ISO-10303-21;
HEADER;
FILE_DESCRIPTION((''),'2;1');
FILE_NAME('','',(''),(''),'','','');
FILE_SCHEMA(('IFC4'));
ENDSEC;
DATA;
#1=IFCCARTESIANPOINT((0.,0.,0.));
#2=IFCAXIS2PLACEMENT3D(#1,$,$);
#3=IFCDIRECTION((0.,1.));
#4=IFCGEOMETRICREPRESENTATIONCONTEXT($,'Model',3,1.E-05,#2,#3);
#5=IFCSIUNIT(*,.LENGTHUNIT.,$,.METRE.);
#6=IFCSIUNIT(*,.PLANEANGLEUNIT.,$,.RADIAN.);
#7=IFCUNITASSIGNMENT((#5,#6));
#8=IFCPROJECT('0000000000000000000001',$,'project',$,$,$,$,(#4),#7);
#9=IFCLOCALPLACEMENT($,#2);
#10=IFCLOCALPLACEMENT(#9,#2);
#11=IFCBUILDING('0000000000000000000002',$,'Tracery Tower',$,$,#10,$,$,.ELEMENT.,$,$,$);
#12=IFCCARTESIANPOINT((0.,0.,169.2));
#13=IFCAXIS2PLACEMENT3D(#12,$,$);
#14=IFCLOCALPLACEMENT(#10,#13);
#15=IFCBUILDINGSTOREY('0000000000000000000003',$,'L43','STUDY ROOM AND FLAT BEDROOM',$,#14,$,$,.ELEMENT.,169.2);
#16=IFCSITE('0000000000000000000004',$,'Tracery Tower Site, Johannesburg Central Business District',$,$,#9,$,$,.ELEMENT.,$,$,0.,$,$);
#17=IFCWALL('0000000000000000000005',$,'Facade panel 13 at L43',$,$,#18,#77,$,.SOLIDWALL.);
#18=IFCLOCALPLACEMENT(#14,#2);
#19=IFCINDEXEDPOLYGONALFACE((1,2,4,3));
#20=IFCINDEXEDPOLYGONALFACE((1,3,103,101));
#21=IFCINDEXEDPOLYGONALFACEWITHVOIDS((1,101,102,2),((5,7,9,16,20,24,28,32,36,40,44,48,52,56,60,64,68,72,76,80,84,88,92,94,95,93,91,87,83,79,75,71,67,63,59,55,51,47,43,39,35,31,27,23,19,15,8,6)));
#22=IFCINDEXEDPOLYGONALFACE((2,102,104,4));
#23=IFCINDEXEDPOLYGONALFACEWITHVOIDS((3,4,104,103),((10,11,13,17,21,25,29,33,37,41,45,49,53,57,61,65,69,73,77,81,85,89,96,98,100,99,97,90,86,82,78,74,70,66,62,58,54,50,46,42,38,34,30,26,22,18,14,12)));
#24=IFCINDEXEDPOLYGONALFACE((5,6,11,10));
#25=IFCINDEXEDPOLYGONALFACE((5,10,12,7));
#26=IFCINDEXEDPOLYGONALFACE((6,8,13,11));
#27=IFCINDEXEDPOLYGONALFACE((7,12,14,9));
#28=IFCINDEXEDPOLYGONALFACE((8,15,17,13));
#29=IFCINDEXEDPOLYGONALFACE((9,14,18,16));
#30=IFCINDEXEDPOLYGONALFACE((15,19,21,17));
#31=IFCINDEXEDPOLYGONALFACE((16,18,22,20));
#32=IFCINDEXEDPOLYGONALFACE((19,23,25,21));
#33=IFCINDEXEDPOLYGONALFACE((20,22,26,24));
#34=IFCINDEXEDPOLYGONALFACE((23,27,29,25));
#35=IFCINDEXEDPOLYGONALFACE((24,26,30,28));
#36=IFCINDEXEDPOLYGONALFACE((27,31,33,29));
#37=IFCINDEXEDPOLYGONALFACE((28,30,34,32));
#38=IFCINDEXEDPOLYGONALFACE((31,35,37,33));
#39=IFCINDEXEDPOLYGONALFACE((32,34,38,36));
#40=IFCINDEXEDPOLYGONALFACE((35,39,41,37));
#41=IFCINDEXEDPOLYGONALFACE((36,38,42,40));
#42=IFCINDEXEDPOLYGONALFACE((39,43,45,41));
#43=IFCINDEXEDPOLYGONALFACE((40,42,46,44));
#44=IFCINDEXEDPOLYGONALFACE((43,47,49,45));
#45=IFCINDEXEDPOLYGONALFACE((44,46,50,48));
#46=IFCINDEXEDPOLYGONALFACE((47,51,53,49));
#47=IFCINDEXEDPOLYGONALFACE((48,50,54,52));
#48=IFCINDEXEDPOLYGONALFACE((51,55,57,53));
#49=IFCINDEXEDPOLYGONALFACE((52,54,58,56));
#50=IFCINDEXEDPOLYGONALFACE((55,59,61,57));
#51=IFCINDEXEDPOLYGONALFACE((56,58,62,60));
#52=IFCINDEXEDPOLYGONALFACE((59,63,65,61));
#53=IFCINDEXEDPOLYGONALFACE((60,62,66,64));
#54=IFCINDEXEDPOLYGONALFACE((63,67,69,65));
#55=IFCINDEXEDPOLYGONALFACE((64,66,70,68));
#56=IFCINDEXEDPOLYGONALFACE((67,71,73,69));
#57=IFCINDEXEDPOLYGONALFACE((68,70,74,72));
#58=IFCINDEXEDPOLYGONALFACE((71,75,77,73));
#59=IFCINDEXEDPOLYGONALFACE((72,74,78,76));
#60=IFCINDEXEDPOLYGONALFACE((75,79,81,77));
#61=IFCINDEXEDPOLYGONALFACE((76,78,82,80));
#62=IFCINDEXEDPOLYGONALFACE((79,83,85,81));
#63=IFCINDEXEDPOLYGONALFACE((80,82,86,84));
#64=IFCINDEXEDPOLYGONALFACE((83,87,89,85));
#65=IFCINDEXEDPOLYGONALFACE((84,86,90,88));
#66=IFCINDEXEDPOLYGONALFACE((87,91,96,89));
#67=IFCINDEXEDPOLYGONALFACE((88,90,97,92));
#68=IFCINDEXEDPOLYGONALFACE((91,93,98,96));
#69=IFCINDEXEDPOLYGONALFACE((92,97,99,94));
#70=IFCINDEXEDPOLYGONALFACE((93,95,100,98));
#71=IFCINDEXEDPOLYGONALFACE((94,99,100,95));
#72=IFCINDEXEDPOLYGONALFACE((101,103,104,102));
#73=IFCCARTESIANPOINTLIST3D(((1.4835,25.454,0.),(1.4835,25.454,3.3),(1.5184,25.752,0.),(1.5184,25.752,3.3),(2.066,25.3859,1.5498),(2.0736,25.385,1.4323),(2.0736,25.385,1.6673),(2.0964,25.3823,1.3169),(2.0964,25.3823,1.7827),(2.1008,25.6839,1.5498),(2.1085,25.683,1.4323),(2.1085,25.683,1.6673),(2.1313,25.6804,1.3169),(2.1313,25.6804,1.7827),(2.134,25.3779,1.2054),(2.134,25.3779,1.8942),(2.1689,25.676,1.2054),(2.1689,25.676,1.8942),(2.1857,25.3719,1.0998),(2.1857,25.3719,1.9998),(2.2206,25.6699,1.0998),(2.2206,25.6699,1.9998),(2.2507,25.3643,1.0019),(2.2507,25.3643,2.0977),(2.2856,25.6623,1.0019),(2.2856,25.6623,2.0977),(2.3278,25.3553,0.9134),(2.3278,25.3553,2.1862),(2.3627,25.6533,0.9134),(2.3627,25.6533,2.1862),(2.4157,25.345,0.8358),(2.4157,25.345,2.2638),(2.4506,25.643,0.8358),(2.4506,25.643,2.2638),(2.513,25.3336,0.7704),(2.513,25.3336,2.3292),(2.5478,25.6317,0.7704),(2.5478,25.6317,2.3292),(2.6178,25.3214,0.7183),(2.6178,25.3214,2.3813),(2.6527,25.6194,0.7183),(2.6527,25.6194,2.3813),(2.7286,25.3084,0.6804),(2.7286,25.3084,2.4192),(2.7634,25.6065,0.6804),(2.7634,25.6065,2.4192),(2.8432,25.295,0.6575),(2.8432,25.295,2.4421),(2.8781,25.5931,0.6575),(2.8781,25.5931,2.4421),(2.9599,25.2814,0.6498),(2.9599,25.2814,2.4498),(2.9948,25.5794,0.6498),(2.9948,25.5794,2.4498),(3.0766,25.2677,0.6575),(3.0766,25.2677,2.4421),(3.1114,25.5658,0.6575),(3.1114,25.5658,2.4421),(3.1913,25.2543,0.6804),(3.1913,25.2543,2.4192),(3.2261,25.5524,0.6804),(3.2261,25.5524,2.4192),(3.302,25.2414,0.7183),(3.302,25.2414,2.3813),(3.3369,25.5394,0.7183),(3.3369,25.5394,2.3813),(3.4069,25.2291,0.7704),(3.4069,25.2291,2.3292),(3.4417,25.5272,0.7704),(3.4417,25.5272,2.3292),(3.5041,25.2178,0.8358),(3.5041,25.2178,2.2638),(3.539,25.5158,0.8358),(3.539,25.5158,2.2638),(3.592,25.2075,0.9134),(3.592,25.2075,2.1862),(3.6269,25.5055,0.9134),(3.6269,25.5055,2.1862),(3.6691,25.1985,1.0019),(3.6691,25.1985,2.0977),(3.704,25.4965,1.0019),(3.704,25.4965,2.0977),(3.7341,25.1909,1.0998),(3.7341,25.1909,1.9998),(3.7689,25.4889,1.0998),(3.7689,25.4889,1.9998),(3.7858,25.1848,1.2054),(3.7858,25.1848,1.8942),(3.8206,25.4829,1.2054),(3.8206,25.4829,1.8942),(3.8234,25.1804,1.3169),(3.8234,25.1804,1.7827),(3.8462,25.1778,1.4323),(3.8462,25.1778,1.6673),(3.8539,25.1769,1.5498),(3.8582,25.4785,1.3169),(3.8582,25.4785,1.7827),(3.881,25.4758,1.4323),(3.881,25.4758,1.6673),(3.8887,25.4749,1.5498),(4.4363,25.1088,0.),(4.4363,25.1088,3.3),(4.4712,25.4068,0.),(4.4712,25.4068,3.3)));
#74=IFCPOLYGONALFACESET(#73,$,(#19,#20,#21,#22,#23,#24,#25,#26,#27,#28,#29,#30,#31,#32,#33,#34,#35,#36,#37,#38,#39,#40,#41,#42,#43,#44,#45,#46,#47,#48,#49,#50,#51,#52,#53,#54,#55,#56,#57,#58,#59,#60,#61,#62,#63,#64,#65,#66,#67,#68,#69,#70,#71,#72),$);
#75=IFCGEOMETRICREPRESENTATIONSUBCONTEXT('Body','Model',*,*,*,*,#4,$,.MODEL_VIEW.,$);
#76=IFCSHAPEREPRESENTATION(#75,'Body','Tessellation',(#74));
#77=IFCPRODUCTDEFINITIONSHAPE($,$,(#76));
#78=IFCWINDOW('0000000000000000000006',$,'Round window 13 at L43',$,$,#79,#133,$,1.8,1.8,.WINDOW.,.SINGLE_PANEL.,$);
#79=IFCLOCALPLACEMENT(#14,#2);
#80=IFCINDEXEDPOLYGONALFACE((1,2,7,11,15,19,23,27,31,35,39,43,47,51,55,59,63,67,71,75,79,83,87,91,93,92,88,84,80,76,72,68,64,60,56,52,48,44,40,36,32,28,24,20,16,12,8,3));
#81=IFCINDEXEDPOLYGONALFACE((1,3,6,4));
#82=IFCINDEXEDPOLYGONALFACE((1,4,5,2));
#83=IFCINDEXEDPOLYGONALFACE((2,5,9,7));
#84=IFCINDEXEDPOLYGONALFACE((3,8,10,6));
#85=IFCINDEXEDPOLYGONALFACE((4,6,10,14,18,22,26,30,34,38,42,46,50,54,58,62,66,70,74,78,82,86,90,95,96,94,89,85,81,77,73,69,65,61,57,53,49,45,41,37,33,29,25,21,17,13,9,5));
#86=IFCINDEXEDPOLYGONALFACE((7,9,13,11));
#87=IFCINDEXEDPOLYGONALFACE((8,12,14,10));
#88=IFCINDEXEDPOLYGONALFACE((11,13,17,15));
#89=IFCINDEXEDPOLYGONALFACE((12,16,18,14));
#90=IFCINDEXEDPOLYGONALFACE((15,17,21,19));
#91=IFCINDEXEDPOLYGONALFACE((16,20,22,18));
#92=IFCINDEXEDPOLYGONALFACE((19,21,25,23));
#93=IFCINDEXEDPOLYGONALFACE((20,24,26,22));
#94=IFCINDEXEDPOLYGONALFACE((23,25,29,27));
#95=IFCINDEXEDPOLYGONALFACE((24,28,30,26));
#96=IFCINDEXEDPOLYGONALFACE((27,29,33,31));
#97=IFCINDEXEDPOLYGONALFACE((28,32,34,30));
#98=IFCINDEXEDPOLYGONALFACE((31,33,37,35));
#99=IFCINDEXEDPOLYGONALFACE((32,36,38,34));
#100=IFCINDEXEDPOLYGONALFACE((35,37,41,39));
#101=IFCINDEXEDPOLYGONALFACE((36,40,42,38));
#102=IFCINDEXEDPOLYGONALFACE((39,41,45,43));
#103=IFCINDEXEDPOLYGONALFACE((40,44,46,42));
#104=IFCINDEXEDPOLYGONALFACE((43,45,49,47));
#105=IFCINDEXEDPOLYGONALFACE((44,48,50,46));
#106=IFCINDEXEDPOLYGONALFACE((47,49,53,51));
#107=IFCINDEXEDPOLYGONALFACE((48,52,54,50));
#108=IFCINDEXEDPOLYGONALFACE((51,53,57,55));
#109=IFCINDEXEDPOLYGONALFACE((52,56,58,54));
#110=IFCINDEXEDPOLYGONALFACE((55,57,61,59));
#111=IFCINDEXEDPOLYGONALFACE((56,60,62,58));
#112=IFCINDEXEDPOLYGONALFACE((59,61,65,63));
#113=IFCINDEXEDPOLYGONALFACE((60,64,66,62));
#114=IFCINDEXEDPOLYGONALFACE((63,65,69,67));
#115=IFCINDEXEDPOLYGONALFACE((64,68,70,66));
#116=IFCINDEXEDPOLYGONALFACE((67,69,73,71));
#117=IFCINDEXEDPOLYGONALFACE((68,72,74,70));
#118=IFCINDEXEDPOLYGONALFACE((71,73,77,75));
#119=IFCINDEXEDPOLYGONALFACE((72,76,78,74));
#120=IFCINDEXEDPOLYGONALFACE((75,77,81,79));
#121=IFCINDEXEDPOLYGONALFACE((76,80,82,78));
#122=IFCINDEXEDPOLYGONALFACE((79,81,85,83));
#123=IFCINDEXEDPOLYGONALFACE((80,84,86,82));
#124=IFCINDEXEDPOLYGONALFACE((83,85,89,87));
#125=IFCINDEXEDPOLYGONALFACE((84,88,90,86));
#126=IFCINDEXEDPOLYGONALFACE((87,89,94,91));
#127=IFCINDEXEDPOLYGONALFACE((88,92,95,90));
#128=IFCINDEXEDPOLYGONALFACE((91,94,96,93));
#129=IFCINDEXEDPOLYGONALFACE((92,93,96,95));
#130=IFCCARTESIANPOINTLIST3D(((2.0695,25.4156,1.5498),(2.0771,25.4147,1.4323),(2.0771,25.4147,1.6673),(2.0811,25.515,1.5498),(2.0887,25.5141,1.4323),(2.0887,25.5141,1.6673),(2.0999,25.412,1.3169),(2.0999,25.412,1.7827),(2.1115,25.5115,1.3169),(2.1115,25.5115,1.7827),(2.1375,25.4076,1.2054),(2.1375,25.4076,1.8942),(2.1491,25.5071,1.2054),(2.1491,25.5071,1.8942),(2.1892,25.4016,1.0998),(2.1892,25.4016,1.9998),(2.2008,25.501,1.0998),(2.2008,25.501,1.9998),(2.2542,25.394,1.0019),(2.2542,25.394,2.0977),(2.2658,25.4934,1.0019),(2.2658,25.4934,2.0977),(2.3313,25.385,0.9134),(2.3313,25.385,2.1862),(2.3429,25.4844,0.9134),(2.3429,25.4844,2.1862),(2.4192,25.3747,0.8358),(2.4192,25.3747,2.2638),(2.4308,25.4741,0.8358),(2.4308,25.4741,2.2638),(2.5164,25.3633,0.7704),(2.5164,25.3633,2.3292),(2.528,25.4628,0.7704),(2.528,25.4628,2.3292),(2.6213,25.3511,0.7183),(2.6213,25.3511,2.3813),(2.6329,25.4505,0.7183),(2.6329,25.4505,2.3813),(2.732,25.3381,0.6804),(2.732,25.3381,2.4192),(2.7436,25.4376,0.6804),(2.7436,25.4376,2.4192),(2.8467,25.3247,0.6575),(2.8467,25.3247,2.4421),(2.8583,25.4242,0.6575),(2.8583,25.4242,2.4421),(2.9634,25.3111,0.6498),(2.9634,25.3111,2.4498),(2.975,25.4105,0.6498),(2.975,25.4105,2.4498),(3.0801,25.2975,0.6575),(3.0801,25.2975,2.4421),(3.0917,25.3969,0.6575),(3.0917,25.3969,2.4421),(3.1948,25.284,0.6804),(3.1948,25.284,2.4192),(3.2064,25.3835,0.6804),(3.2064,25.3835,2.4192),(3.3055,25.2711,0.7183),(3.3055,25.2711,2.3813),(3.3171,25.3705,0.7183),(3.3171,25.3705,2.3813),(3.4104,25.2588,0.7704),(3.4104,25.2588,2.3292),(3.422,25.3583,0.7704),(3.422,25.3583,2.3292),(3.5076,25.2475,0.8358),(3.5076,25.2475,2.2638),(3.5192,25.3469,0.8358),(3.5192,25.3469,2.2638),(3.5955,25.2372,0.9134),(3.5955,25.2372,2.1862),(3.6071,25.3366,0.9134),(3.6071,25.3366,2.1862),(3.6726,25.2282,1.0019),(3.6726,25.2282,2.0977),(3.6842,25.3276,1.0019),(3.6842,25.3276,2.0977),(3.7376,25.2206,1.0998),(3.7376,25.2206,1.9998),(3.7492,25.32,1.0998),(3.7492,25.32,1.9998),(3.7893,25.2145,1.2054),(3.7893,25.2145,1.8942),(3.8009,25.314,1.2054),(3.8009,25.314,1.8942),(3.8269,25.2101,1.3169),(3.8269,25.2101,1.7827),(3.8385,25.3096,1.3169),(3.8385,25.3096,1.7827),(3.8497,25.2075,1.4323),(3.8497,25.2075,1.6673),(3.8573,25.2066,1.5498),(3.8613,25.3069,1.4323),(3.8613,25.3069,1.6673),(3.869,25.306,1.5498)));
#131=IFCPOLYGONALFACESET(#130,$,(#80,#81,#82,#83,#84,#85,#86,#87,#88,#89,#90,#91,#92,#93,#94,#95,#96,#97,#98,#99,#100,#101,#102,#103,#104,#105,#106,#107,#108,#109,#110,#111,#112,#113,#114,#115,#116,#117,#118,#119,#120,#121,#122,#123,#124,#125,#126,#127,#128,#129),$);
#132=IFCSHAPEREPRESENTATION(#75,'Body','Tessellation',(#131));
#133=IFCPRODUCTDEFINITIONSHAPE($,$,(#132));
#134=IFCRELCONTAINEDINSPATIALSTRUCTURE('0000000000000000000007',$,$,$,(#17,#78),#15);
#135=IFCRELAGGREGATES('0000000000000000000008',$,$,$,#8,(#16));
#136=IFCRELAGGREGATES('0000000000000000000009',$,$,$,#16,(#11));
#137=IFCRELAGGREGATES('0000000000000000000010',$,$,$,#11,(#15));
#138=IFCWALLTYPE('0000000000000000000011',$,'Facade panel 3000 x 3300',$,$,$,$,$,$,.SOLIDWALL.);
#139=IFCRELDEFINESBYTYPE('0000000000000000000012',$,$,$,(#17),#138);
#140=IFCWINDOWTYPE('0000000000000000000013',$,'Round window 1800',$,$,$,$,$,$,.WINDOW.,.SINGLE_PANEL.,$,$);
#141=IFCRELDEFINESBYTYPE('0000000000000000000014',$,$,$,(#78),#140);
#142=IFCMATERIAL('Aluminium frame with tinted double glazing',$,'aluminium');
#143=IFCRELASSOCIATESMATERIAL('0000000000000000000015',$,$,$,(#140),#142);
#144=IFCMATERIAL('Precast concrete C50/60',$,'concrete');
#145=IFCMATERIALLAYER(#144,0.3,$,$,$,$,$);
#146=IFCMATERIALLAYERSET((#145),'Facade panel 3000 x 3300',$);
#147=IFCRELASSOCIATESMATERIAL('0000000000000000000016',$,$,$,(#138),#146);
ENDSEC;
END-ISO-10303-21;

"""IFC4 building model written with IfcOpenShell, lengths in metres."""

from ifc_helpers import new_model, si_unit, direction, frame, frame_2d, origin, origin_2d, place, context, subcontext, project, spatial, rectangle, circle, extrude, material, layer, layer_set, type_object, element, fill, save


model = new_model("IFC4")

# Units and contexts
model_context = context("Model", 3, precision=1e-05, world=origin(), true_north=direction((0.0, 1.0)))
body_context = subcontext(model_context, "Body", "Model", "MODEL_VIEW")
ifc_project = project(units=[si_unit("LENGTHUNIT", "METRE"), si_unit("PLANEANGLEUNIT", "RADIAN")], contexts=[model_context])

# Site, building, storey
site_placement = place(None, origin())
site = spatial("IfcSite", under=ifc_project, at=site_placement, Name="Tracery Tower Site, Johannesburg Central Business District", CompositionType="ELEMENT", RefElevation=0.0)
building_placement = place(site_placement, origin())
building = spatial("IfcBuilding", under=site, at=building_placement, Name="Tracery Tower", CompositionType="ELEMENT")
storey_placement = place(building_placement, frame((0.0, 0.0, 169.2)))
storey = spatial("IfcBuildingStorey", under=building, at=storey_placement, Name="L43", Description="STUDY ROOM AND FLAT BEDROOM", CompositionType="ELEMENT", Elevation=169.2)

# Wall, opening, window
ifc_material_1 = material(Name="Aluminium frame with tinted double glazing", Category="aluminium")
window_type = type_object("IfcWindowType", Name="Round window 1800", PartitioningType="SINGLE_PANEL", PredefinedType="WINDOW", material=ifc_material_1)
ifc_material_2 = material(Name="Precast concrete C50/60", Category="concrete")
ifc_layer_1 = layer(ifc_material_2, 0.3)
ifc_layer_set_1 = layer_set([ifc_layer_1], Name="Facade panel 3000 x 3300")
wall_type_1 = type_object("IfcWallType", Name="Facade panel 3000 x 3300", PredefinedType="SOLIDWALL", material=ifc_layer_set_1)
wall_1_placement = place(storey_placement, frame((4.4536, 25.2578, 0.0), z_axis=(0.0, 0.0, 1.0), x_axis=(-0.993236, 0.116117, 0.0)))
wall_1 = element("IfcWall", 1, at=wall_1_placement, inside=storey, type_object=wall_type_1, Name="Facade panel 13 at L43", PredefinedType="SOLIDWALL", context=body_context, shape_type="SweptSolid", body=[
    extrude(rectangle(XDim=2.9729, YDim=0.3, at=frame_2d((1.4863, 0.0))), origin(), (0.0, 0.0, 1.0), 3.3),
])
opening_1_placement = place(wall_1_placement, frame((1.4863, 0.0, 1.5498)))
opening_1 = element("IfcOpeningElement", 2, at=opening_1_placement, cuts=wall_1, PredefinedType="OPENING", context=body_context, shape_type="SweptSolid", body=[
    extrude(circle(Radius=0.9, at=origin_2d()), frame((0.0, 0.1599, 0.0), z_axis=(0.0, -1.0, 0.0), x_axis=(1.0, 0.0, 0.0)), (0.0, 0.0, 1.0), 0.3201),
])
window_1_placement = place(opening_1_placement, origin())
window_1 = element("IfcWindow", 3, at=window_1_placement, inside=storey, type_object=window_type, Name="Round window 13 at L43", OverallHeight=1.8, OverallWidth=1.8, PartitioningType="SINGLE_PANEL", PredefinedType="WINDOW", context=body_context, shape_type="SweptSolid", body=[
    extrude(circle(Radius=0.9, at=origin_2d()), frame((0.0, 0.1201, 0.0), z_axis=(0.0, -1.0, 0.0), x_axis=(1.0, 0.0, 0.0)), (0.0, 0.0, 1.0), 0.1001),
])
fill(opening_1, window_1)

save(model, "model.ifc")
